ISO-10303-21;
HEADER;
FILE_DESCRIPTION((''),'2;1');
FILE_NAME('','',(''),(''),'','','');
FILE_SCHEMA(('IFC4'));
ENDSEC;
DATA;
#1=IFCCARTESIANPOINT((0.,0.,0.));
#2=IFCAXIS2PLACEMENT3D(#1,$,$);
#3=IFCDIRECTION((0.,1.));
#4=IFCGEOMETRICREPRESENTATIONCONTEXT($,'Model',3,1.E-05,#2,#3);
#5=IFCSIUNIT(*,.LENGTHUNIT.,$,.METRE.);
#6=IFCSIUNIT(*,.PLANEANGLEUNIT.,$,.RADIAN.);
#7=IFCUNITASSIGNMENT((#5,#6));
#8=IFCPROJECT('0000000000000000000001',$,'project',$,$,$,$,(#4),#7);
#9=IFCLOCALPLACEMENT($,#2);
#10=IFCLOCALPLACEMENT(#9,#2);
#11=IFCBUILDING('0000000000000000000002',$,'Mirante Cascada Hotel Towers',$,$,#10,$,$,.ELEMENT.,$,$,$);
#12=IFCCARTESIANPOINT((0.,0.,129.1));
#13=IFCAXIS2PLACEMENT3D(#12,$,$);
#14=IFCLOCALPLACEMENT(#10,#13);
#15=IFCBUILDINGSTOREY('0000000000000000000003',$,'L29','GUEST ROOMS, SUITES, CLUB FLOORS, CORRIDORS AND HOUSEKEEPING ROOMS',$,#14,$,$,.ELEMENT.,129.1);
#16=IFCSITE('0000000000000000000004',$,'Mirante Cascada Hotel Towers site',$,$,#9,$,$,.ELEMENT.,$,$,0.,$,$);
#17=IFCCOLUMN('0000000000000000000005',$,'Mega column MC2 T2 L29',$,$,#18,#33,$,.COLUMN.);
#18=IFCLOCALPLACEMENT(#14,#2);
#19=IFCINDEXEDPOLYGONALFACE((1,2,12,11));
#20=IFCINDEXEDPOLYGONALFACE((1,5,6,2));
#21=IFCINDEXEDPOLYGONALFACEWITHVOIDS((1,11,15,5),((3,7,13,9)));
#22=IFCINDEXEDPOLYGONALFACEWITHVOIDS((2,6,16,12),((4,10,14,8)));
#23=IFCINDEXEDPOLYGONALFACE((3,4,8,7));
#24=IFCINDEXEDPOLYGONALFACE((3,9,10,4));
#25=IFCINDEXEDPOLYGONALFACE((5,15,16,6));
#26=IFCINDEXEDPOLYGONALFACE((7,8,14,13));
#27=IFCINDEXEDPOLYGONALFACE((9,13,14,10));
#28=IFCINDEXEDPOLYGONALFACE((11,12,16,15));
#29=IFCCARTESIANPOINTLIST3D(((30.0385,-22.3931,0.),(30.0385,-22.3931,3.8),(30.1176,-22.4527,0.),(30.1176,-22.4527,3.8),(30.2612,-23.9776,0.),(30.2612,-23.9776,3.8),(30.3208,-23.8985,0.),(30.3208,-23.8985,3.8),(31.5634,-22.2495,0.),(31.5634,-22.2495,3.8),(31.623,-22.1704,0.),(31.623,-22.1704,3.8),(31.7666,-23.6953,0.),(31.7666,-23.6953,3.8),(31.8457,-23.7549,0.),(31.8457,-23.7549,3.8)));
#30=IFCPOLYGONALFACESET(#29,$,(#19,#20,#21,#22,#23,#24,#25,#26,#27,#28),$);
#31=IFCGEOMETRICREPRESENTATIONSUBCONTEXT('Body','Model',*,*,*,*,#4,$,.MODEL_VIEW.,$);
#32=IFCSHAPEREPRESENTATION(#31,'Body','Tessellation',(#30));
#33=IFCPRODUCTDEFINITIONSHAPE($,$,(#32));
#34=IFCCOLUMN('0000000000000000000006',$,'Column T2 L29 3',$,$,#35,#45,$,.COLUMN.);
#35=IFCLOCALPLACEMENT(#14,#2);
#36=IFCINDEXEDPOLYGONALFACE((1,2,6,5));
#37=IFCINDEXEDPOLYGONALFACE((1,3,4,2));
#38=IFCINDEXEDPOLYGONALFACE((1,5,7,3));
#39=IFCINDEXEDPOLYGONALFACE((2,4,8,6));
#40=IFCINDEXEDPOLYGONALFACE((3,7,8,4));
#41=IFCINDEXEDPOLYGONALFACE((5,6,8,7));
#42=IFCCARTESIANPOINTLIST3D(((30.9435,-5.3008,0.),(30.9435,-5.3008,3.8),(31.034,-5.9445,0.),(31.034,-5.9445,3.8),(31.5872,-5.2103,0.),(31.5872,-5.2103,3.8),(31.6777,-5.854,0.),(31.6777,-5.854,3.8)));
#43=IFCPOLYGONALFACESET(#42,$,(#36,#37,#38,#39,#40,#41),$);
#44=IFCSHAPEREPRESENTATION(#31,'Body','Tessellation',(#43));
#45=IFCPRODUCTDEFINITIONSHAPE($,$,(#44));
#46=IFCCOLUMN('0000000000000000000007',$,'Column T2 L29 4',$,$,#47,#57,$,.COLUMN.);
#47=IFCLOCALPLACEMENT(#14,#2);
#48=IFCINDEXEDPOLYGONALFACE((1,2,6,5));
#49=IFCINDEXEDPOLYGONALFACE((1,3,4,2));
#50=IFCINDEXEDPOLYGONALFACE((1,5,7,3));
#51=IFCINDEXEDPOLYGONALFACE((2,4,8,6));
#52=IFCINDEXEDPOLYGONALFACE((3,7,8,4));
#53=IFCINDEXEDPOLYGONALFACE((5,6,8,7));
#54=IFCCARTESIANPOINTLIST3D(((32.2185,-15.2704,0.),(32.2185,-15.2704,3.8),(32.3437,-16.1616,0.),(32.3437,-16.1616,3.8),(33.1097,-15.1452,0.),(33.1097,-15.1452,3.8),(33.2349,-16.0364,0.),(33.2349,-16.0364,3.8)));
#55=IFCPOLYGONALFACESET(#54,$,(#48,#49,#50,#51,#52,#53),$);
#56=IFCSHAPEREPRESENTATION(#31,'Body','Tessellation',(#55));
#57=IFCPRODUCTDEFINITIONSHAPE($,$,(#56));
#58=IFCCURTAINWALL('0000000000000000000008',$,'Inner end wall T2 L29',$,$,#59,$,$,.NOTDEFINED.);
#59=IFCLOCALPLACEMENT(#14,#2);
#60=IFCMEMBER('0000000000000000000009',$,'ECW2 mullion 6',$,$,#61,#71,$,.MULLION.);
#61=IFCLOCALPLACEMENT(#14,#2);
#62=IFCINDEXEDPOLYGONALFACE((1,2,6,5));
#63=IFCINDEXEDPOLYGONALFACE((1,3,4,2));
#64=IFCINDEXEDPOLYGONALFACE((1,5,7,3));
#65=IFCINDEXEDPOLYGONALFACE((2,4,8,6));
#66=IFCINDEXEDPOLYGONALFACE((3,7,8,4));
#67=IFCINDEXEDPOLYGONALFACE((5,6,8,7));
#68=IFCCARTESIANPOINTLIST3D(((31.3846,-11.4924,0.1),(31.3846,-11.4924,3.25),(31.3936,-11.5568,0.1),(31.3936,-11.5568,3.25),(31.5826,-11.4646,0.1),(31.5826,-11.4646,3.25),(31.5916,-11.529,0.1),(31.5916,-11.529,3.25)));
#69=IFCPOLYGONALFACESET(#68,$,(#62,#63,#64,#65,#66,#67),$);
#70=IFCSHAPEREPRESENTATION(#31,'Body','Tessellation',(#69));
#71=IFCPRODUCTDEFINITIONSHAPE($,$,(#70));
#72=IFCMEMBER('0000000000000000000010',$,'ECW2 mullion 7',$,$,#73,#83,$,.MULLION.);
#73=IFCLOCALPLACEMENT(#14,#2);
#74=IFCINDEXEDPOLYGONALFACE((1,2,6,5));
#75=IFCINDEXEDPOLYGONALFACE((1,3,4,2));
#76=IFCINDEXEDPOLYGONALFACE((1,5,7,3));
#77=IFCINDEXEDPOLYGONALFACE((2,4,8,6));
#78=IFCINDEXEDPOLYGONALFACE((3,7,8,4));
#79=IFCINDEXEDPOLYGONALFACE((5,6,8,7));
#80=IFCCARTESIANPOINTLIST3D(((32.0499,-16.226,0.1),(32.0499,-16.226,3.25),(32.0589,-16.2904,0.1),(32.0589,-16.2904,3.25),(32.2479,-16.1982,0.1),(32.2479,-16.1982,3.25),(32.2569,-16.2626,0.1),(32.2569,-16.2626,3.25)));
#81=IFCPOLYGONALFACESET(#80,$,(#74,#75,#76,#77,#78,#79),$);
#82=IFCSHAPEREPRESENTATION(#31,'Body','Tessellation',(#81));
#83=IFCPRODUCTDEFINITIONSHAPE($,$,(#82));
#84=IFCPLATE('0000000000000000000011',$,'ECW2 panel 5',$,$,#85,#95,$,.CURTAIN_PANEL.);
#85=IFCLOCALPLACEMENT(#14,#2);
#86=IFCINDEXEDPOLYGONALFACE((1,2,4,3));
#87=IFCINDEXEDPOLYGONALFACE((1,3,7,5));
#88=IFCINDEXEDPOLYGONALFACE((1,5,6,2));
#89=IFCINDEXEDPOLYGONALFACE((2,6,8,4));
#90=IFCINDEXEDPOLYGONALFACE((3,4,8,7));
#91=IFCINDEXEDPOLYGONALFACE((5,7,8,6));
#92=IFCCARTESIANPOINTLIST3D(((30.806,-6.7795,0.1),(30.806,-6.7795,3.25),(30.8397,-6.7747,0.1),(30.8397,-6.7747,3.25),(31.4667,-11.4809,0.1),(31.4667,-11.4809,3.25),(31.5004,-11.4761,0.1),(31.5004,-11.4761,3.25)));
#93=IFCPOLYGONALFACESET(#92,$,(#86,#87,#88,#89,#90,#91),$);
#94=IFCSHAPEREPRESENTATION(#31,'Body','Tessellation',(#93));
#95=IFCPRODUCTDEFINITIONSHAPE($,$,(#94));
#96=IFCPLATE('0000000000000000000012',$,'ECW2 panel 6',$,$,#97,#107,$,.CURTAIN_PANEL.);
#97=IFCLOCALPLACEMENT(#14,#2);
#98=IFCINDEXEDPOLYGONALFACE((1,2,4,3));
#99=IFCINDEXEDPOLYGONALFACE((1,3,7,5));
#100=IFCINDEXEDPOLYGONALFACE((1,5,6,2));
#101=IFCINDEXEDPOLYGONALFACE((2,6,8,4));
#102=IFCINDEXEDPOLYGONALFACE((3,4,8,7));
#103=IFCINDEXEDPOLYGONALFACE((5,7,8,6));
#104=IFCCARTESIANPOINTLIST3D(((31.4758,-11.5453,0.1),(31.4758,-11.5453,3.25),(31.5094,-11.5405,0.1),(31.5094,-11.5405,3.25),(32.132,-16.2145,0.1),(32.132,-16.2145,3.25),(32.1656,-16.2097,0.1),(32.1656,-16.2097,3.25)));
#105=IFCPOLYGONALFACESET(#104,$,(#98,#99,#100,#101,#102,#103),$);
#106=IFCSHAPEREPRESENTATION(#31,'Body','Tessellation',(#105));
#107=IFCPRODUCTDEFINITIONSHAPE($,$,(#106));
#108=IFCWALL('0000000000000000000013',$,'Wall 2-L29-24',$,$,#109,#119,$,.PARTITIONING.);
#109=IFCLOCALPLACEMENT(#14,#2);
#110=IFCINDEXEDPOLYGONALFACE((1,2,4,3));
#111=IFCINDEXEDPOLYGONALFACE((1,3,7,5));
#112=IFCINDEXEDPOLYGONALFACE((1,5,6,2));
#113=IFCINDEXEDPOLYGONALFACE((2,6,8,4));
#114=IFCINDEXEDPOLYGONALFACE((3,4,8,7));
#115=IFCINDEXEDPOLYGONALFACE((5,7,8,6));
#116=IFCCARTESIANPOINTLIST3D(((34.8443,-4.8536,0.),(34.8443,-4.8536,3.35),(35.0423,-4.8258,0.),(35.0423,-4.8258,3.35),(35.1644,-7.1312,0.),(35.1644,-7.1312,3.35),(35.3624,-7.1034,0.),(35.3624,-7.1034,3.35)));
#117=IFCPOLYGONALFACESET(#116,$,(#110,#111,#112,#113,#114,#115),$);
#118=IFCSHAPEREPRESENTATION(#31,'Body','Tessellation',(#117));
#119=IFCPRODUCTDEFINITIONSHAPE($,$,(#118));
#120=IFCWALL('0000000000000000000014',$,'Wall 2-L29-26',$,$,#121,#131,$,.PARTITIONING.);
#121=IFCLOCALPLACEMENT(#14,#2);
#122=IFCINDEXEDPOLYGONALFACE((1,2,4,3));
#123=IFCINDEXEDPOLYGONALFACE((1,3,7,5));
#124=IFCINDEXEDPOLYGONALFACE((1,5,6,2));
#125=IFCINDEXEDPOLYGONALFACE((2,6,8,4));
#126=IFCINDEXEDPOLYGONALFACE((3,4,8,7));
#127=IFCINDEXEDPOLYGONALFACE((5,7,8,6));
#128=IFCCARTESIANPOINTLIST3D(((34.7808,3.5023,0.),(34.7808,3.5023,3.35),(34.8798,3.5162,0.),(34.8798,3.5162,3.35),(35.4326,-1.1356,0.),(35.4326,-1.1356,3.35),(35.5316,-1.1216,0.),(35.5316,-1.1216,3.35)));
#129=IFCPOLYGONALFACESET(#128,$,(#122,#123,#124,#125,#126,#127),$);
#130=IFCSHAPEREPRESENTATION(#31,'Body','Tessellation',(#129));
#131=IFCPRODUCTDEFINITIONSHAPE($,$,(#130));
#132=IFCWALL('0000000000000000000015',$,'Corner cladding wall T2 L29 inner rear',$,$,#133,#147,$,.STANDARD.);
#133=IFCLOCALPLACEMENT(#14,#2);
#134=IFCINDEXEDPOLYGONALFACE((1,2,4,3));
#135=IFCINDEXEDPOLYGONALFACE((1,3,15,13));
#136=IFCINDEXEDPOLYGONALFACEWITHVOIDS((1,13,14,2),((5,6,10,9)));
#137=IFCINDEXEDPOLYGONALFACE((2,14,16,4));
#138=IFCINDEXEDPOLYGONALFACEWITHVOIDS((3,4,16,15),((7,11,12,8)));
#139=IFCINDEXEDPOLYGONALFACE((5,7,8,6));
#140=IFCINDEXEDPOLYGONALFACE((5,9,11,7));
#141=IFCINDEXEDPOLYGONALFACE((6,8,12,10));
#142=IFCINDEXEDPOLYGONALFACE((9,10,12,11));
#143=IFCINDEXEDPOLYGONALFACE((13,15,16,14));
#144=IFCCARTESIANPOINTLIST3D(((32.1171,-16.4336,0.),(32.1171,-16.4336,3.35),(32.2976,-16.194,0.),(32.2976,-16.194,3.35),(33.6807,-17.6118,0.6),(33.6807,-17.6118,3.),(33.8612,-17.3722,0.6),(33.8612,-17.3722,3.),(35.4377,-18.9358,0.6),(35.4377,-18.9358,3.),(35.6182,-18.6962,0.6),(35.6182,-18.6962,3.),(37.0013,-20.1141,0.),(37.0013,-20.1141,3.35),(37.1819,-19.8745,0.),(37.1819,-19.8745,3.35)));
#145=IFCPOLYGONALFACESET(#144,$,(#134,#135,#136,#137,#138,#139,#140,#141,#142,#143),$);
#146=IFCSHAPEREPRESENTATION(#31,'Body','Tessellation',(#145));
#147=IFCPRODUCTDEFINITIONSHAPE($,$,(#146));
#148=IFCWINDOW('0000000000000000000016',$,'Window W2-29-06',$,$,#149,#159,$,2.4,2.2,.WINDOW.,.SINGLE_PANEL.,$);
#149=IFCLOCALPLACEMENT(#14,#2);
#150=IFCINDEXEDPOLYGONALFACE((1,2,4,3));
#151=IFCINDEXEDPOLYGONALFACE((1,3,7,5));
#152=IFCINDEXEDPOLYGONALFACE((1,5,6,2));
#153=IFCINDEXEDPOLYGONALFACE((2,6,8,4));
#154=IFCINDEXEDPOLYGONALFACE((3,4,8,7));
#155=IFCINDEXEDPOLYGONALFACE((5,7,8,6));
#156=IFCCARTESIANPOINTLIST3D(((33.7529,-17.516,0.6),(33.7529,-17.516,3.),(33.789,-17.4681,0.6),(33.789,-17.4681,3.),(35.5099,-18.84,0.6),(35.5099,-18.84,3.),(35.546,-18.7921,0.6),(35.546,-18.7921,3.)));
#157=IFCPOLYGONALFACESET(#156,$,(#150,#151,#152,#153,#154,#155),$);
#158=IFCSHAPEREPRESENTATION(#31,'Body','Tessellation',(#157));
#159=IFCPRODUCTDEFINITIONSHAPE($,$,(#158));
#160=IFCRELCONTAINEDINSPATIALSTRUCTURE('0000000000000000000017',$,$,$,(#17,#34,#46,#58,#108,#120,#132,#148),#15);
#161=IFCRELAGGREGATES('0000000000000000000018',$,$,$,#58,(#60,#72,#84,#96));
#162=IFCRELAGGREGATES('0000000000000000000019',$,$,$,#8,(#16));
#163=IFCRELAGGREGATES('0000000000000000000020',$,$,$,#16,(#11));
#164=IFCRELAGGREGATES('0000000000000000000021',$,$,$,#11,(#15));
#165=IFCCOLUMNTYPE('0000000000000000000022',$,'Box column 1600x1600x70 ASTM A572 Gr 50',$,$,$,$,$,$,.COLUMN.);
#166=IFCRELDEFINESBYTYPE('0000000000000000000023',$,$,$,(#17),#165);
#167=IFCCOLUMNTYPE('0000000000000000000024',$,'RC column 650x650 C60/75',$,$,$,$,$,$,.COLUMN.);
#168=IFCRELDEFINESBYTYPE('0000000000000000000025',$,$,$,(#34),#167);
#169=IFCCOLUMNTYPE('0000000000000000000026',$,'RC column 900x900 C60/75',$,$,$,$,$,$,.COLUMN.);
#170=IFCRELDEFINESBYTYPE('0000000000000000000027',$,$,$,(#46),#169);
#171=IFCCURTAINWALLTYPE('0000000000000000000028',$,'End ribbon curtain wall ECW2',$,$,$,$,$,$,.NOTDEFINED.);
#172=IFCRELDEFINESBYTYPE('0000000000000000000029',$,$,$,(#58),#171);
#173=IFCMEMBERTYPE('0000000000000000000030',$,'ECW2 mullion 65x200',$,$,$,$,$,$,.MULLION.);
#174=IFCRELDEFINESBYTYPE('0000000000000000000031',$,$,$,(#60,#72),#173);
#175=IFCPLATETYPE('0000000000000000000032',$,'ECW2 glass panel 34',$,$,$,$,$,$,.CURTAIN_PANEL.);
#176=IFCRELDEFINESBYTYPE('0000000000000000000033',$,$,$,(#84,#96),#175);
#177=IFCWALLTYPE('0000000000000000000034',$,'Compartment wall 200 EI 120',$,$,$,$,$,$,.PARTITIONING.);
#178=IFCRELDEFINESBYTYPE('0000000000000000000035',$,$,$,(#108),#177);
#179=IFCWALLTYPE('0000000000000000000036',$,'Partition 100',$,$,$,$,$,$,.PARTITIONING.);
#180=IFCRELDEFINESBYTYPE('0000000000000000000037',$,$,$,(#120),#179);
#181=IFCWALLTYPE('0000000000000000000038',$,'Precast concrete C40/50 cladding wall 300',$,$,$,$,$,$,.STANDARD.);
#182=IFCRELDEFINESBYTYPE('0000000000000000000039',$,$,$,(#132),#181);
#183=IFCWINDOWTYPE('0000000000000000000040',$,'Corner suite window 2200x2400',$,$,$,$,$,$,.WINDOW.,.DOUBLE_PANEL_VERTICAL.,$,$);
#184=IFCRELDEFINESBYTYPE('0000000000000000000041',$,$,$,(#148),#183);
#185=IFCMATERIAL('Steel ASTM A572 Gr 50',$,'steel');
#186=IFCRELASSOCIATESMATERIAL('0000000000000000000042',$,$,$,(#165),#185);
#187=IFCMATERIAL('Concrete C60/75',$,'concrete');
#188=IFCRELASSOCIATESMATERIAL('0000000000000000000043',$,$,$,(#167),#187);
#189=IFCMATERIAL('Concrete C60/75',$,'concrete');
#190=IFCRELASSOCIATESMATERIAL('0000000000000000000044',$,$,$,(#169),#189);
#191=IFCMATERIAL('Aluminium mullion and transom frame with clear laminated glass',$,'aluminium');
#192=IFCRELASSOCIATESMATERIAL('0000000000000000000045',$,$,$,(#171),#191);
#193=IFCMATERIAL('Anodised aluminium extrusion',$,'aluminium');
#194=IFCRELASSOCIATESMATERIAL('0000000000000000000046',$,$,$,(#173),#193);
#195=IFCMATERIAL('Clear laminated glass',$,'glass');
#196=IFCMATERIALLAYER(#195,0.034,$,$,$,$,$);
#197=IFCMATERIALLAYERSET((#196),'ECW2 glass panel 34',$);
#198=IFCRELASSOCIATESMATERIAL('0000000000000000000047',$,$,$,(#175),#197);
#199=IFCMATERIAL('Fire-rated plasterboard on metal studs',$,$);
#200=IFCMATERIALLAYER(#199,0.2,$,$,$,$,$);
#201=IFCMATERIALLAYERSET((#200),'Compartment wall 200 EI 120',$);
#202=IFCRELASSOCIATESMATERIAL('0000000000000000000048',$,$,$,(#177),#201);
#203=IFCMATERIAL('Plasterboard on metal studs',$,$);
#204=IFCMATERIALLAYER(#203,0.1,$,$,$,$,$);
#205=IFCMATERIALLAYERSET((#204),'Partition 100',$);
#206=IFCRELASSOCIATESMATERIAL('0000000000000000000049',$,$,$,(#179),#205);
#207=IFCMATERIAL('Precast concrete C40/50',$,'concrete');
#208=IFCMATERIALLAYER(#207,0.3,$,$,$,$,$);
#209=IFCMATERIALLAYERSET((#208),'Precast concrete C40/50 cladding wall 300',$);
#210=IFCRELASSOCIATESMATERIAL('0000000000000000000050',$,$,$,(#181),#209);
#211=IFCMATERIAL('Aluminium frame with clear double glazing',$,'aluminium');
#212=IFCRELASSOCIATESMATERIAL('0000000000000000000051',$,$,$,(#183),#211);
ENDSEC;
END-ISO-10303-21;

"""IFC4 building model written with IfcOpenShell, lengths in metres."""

from ifc_helpers import new_model, si_unit, direction, frame, frame_2d, origin, origin_2d, place, context, subcontext, project, spatial, rectangle, hollow_rectangle, extrude, material, layer, layer_set, material_profile, profile_set, type_object, element, fill, aggregate, save


model = new_model("IFC4")

# Units and contexts
model_context = context("Model", 3, precision=1e-05, world=origin(), true_north=direction((0.0, 1.0)))
body_context = subcontext(model_context, "Body", "Model", "MODEL_VIEW")
ifc_project = project(units=[si_unit("LENGTHUNIT", "METRE"), si_unit("PLANEANGLEUNIT", "RADIAN")], contexts=[model_context])

# Site, building, storey
site_placement = place(None, origin())
site = spatial("IfcSite", under=ifc_project, at=site_placement, Name="Mirante Cascada Hotel Towers site", CompositionType="ELEMENT", RefElevation=0.0)
building_placement = place(site_placement, origin())
building = spatial("IfcBuilding", under=site, at=building_placement, Name="Mirante Cascada Hotel Towers", CompositionType="ELEMENT")
storey_placement = place(building_placement, frame((0.0, 0.0, 129.1)))
storey = spatial("IfcBuildingStorey", under=building, at=storey_placement, Name="L29", Description="GUEST ROOMS, SUITES, CLUB FLOORS, CORRIDORS AND HOUSEKEEPING ROOMS", CompositionType="ELEMENT", Elevation=129.1)

# Columns
ifc_material_1 = material(Name="Steel ASTM A572 Gr 50", Category="steel")
ifc_material_profile_1 = material_profile(ifc_material_1, hollow_rectangle(XDim=1.6, YDim=1.6, WallThickness=0.07, at=origin_2d()), Name="Box column 1600x1600x70 ASTM A572 Gr 50")
ifc_profile_set_1 = profile_set([ifc_material_profile_1], Name="Steel ASTM A572 Gr 50")
column_type_1 = type_object("IfcColumnType", Name="Box column 1600x1600x70 ASTM A572 Gr 50", PredefinedType="COLUMN", material=ifc_profile_set_1)
column_1_placement = place(storey_placement, frame((30.9421, -23.074, 0.0), z_axis=(0.0, 0.0, 1.0), x_axis=(0.990268, 0.139173, 0.0)))
element("IfcColumn", 1, at=column_1_placement, inside=storey, type_object=column_type_1, Name="Mega column MC2 T2 L29", PredefinedType="COLUMN", context=body_context, shape_type="SweptSolid", body=[
    extrude(hollow_rectangle(XDim=1.6, YDim=1.6, WallThickness=0.07, at=origin_2d()), origin(), (0.0, 0.0, 1.0), 3.8),
])
ifc_material_2 = material(Name="Concrete C60/75", Category="concrete")
ifc_material_profile_2 = material_profile(ifc_material_2, rectangle(XDim=0.65, YDim=0.65, at=origin_2d()), Name="RC column 650x650 C60/75")
ifc_profile_set_2 = profile_set([ifc_material_profile_2], Name="Concrete C60/75")
column_type_2 = type_object("IfcColumnType", Name="RC column 650x650 C60/75", PredefinedType="COLUMN", material=ifc_profile_set_2)
column_2_placement = place(storey_placement, frame((31.3106, -5.5774, 0.0), z_axis=(0.0, 0.0, 1.0), x_axis=(0.990268, 0.139173, 0.0)))
element("IfcColumn", 2, at=column_2_placement, inside=storey, type_object=column_type_2, Name="Column T2 L29 3", PredefinedType="COLUMN", context=body_context, shape_type="SweptSolid", body=[
    extrude(rectangle(XDim=0.65, YDim=0.65, at=origin_2d()), origin(), (0.0, 0.0, 1.0), 3.8),
])
ifc_material_3 = material(Name="Concrete C60/75", Category="concrete")
ifc_material_profile_3 = material_profile(ifc_material_3, rectangle(XDim=0.9, YDim=0.9, at=origin_2d()), Name="RC column 900x900 C60/75")
ifc_profile_set_3 = profile_set([ifc_material_profile_3], Name="Concrete C60/75")
column_type_3 = type_object("IfcColumnType", Name="RC column 900x900 C60/75", PredefinedType="COLUMN", material=ifc_profile_set_3)
column_3_placement = place(storey_placement, frame((32.7267, -15.6534, 0.0), z_axis=(0.0, 0.0, 1.0), x_axis=(0.990268, 0.139173, 0.0)))
element("IfcColumn", 3, at=column_3_placement, inside=storey, type_object=column_type_3, Name="Column T2 L29 4", PredefinedType="COLUMN", context=body_context, shape_type="SweptSolid", body=[
    extrude(rectangle(XDim=0.9, YDim=0.9, at=origin_2d()), origin(), (0.0, 0.0, 1.0), 3.8),
])

# Curtain wall, members, plates
ifc_material_4 = material(Name="Aluminium mullion and transom frame with clear laminated glass", Category="aluminium")
curtain_wall_type = type_object("IfcCurtainWallType", Name="End ribbon curtain wall ECW2", PredefinedType="NOTDEFINED", material=ifc_material_4)
curtain_wall_placement = place(storey_placement, origin())
curtain_wall = element("IfcCurtainWall", 4, at=curtain_wall_placement, inside=storey, type_object=curtain_wall_type, Name="Inner end wall T2 L29", PredefinedType="NOTDEFINED")
ifc_material_5 = material(Name="Anodised aluminium extrusion", Category="aluminium")
ifc_material_profile_4 = material_profile(ifc_material_5, rectangle(XDim=0.2, YDim=0.065, at=origin_2d()), Name="ECW2 MULLION 65x200")
ifc_profile_set_4 = profile_set([ifc_material_profile_4], Name="Anodised aluminium extrusion")
member_type = type_object("IfcMemberType", Name="ECW2 mullion 65x200", PredefinedType="MULLION", material=ifc_profile_set_4)
member_1_placement = place(storey_placement, frame((31.4881, -11.5107, 0.1), z_axis=(0.0, 0.0, 1.0), x_axis=(0.990268, 0.139173, 0.0)))
member_1 = element("IfcMember", 5, at=member_1_placement, type_object=member_type, Name="ECW2 mullion 6", PredefinedType="MULLION", context=body_context, shape_type="SweptSolid", body=[
    extrude(rectangle(XDim=0.2, YDim=0.065, at=origin_2d()), origin(), (0.0, 0.0, 1.0), 3.15),
])
member_2_placement = place(storey_placement, frame((32.1534, -16.2443, 0.1), z_axis=(0.0, 0.0, 1.0), x_axis=(0.990268, 0.139173, 0.0)))
member_2 = element("IfcMember", 6, at=member_2_placement, type_object=member_type, Name="ECW2 mullion 7", PredefinedType="MULLION", context=body_context, shape_type="SweptSolid", body=[
    extrude(rectangle(XDim=0.2, YDim=0.065, at=origin_2d()), origin(), (0.0, 0.0, 1.0), 3.15),
])
ifc_material_6 = material(Name="Clear laminated glass", Category="glass")
ifc_layer_1 = layer(ifc_material_6, 0.034)
ifc_layer_set_1 = layer_set([ifc_layer_1], Name="ECW2 glass panel 34")
plate_type = type_object("IfcPlateType", Name="ECW2 glass panel 34", PredefinedType="CURTAIN_PANEL", material=ifc_layer_set_1)
plate_1_placement = place(storey_placement, frame((31.1532, -9.1278, 0.1), z_axis=(0.0, 0.0, 1.0), x_axis=(0.139173, -0.990268, 0.0)))
plate_1 = element("IfcPlate", 7, at=plate_1_placement, type_object=plate_type, Name="ECW2 panel 5", PredefinedType="CURTAIN_PANEL", context=body_context, shape_type="SweptSolid", body=[
    extrude(rectangle(XDim=4.7476, YDim=0.034, at=origin_2d()), origin(), (0.0, 0.0, 1.0), 3.15),
])
plate_2_placement = place(storey_placement, frame((31.8207, -13.8775, 0.1), z_axis=(0.0, 0.0, 1.0), x_axis=(0.139173, -0.990268, 0.0)))
plate_2 = element("IfcPlate", 8, at=plate_2_placement, type_object=plate_type, Name="ECW2 panel 6", PredefinedType="CURTAIN_PANEL", context=body_context, shape_type="SweptSolid", body=[
    extrude(rectangle(XDim=4.7151, YDim=0.034, at=origin_2d()), origin(), (0.0, 0.0, 1.0), 3.15),
])
aggregate(curtain_wall, [member_1, member_2, plate_1, plate_2])

# Walls
ifc_material_7 = material(Name="Fire-rated plasterboard on metal studs")
ifc_layer_2 = layer(ifc_material_7, 0.2)
ifc_layer_set_2 = layer_set([ifc_layer_2], Name="Compartment wall 200 EI 120")
wall_type_1 = type_object("IfcWallType", Name="Compartment wall 200 EI 120", PredefinedType="PARTITIONING", material=ifc_layer_set_2)
wall_1_placement = place(storey_placement, frame((35.2634, -7.1173, 0.0), z_axis=(0.0, 0.0, 1.0), x_axis=(-0.139175, 0.990268, 0.0)))
element("IfcWall", 9, at=wall_1_placement, inside=storey, type_object=wall_type_1, Name="Wall 2-L29-24", PredefinedType="PARTITIONING", context=body_context, shape_type="SweptSolid", body=[
    extrude(rectangle(XDim=2.3, YDim=0.2, at=frame_2d((1.15, 0.0))), origin(), (0.0, 0.0, 1.0), 3.35),
])
ifc_material_8 = material(Name="Plasterboard on metal studs")
ifc_layer_3 = layer(ifc_material_8, 0.1)
ifc_layer_set_3 = layer_set([ifc_layer_3], Name="Partition 100")
wall_type_2 = type_object("IfcWallType", Name="Partition 100", PredefinedType="PARTITIONING", material=ifc_layer_set_3)
wall_2_placement = place(storey_placement, frame((35.4821, -1.1286, 0.0), z_axis=(0.0, 0.0, 1.0), x_axis=(-0.139173, 0.990268, 0.0)))
element("IfcWall", 10, at=wall_2_placement, inside=storey, type_object=wall_type_2, Name="Wall 2-L29-26", PredefinedType="PARTITIONING", context=body_context, shape_type="SweptSolid", body=[
    extrude(rectangle(XDim=4.6834, YDim=0.1, at=frame_2d((2.3417, 0.0))), origin(), (0.0, 0.0, 1.0), 3.35),
])

# Wall, opening, window
ifc_material_9 = material(Name="Precast concrete C40/50", Category="concrete")
ifc_layer_4 = layer(ifc_material_9, 0.3)
ifc_layer_set_4 = layer_set([ifc_layer_4], Name="Precast concrete C40/50 cladding wall 300")
wall_type_3 = type_object("IfcWallType", Name="Precast concrete C40/50 cladding wall 300", PredefinedType="STANDARD", material=ifc_layer_set_4)
wall_3_placement = place(storey_placement, frame((32.2074, -16.3138, 0.0), z_axis=(0.0, 0.0, 1.0), x_axis=(0.798636, -0.601814, 0.0)))
wall_3 = element("IfcWall", 11, at=wall_3_placement, inside=storey, type_object=wall_type_3, Name="Corner cladding wall T2 L29 inner rear", PredefinedType="STANDARD", context=body_context, shape_type="SweptSolid", body=[
    extrude(rectangle(XDim=6.1157, YDim=0.3, at=frame_2d((3.0578, 0.0))), origin(), (0.0, 0.0, 1.0), 3.35),
])
opening_1_placement = place(wall_3_placement, frame((1.9578, 0.0, 0.6)))
opening_1 = element("IfcOpeningElement", 12, at=opening_1_placement, cuts=wall_3, PredefinedType="OPENING", context=body_context, shape_type="SweptSolid", body=[
    extrude(rectangle(XDim=2.2, YDim=2.4, at=frame_2d((1.1, 1.2))), frame((0.0, 0.15, 0.0), z_axis=(0.0, -1.0, 0.0), x_axis=(1.0, 0.0, 0.0)), (0.0, 0.0, 1.0), 0.3),
])
ifc_material_10 = material(Name="Aluminium frame with clear double glazing", Category="aluminium")
window_type = type_object("IfcWindowType", Name="Corner suite window 2200x2400", PartitioningType="DOUBLE_PANEL_VERTICAL", PredefinedType="WINDOW", material=ifc_material_10)
window_placement = place(opening_1_placement, origin())
window = element("IfcWindow", 13, at=window_placement, inside=storey, type_object=window_type, Name="Window W2-29-06", OverallHeight=2.4, OverallWidth=2.2, PartitioningType="SINGLE_PANEL", PredefinedType="WINDOW", context=body_context, shape_type="SweptSolid", body=[
    extrude(rectangle(XDim=2.2, YDim=2.4, at=frame_2d((1.1, 1.2))), frame((0.0, 0.03, 0.0), z_axis=(0.0, -1.0, 0.0), x_axis=(1.0, 0.0, 0.0)), (0.0, 0.0, 1.0), 0.06),
])
fill(opening_1, window)

save(model, "model.ifc")
